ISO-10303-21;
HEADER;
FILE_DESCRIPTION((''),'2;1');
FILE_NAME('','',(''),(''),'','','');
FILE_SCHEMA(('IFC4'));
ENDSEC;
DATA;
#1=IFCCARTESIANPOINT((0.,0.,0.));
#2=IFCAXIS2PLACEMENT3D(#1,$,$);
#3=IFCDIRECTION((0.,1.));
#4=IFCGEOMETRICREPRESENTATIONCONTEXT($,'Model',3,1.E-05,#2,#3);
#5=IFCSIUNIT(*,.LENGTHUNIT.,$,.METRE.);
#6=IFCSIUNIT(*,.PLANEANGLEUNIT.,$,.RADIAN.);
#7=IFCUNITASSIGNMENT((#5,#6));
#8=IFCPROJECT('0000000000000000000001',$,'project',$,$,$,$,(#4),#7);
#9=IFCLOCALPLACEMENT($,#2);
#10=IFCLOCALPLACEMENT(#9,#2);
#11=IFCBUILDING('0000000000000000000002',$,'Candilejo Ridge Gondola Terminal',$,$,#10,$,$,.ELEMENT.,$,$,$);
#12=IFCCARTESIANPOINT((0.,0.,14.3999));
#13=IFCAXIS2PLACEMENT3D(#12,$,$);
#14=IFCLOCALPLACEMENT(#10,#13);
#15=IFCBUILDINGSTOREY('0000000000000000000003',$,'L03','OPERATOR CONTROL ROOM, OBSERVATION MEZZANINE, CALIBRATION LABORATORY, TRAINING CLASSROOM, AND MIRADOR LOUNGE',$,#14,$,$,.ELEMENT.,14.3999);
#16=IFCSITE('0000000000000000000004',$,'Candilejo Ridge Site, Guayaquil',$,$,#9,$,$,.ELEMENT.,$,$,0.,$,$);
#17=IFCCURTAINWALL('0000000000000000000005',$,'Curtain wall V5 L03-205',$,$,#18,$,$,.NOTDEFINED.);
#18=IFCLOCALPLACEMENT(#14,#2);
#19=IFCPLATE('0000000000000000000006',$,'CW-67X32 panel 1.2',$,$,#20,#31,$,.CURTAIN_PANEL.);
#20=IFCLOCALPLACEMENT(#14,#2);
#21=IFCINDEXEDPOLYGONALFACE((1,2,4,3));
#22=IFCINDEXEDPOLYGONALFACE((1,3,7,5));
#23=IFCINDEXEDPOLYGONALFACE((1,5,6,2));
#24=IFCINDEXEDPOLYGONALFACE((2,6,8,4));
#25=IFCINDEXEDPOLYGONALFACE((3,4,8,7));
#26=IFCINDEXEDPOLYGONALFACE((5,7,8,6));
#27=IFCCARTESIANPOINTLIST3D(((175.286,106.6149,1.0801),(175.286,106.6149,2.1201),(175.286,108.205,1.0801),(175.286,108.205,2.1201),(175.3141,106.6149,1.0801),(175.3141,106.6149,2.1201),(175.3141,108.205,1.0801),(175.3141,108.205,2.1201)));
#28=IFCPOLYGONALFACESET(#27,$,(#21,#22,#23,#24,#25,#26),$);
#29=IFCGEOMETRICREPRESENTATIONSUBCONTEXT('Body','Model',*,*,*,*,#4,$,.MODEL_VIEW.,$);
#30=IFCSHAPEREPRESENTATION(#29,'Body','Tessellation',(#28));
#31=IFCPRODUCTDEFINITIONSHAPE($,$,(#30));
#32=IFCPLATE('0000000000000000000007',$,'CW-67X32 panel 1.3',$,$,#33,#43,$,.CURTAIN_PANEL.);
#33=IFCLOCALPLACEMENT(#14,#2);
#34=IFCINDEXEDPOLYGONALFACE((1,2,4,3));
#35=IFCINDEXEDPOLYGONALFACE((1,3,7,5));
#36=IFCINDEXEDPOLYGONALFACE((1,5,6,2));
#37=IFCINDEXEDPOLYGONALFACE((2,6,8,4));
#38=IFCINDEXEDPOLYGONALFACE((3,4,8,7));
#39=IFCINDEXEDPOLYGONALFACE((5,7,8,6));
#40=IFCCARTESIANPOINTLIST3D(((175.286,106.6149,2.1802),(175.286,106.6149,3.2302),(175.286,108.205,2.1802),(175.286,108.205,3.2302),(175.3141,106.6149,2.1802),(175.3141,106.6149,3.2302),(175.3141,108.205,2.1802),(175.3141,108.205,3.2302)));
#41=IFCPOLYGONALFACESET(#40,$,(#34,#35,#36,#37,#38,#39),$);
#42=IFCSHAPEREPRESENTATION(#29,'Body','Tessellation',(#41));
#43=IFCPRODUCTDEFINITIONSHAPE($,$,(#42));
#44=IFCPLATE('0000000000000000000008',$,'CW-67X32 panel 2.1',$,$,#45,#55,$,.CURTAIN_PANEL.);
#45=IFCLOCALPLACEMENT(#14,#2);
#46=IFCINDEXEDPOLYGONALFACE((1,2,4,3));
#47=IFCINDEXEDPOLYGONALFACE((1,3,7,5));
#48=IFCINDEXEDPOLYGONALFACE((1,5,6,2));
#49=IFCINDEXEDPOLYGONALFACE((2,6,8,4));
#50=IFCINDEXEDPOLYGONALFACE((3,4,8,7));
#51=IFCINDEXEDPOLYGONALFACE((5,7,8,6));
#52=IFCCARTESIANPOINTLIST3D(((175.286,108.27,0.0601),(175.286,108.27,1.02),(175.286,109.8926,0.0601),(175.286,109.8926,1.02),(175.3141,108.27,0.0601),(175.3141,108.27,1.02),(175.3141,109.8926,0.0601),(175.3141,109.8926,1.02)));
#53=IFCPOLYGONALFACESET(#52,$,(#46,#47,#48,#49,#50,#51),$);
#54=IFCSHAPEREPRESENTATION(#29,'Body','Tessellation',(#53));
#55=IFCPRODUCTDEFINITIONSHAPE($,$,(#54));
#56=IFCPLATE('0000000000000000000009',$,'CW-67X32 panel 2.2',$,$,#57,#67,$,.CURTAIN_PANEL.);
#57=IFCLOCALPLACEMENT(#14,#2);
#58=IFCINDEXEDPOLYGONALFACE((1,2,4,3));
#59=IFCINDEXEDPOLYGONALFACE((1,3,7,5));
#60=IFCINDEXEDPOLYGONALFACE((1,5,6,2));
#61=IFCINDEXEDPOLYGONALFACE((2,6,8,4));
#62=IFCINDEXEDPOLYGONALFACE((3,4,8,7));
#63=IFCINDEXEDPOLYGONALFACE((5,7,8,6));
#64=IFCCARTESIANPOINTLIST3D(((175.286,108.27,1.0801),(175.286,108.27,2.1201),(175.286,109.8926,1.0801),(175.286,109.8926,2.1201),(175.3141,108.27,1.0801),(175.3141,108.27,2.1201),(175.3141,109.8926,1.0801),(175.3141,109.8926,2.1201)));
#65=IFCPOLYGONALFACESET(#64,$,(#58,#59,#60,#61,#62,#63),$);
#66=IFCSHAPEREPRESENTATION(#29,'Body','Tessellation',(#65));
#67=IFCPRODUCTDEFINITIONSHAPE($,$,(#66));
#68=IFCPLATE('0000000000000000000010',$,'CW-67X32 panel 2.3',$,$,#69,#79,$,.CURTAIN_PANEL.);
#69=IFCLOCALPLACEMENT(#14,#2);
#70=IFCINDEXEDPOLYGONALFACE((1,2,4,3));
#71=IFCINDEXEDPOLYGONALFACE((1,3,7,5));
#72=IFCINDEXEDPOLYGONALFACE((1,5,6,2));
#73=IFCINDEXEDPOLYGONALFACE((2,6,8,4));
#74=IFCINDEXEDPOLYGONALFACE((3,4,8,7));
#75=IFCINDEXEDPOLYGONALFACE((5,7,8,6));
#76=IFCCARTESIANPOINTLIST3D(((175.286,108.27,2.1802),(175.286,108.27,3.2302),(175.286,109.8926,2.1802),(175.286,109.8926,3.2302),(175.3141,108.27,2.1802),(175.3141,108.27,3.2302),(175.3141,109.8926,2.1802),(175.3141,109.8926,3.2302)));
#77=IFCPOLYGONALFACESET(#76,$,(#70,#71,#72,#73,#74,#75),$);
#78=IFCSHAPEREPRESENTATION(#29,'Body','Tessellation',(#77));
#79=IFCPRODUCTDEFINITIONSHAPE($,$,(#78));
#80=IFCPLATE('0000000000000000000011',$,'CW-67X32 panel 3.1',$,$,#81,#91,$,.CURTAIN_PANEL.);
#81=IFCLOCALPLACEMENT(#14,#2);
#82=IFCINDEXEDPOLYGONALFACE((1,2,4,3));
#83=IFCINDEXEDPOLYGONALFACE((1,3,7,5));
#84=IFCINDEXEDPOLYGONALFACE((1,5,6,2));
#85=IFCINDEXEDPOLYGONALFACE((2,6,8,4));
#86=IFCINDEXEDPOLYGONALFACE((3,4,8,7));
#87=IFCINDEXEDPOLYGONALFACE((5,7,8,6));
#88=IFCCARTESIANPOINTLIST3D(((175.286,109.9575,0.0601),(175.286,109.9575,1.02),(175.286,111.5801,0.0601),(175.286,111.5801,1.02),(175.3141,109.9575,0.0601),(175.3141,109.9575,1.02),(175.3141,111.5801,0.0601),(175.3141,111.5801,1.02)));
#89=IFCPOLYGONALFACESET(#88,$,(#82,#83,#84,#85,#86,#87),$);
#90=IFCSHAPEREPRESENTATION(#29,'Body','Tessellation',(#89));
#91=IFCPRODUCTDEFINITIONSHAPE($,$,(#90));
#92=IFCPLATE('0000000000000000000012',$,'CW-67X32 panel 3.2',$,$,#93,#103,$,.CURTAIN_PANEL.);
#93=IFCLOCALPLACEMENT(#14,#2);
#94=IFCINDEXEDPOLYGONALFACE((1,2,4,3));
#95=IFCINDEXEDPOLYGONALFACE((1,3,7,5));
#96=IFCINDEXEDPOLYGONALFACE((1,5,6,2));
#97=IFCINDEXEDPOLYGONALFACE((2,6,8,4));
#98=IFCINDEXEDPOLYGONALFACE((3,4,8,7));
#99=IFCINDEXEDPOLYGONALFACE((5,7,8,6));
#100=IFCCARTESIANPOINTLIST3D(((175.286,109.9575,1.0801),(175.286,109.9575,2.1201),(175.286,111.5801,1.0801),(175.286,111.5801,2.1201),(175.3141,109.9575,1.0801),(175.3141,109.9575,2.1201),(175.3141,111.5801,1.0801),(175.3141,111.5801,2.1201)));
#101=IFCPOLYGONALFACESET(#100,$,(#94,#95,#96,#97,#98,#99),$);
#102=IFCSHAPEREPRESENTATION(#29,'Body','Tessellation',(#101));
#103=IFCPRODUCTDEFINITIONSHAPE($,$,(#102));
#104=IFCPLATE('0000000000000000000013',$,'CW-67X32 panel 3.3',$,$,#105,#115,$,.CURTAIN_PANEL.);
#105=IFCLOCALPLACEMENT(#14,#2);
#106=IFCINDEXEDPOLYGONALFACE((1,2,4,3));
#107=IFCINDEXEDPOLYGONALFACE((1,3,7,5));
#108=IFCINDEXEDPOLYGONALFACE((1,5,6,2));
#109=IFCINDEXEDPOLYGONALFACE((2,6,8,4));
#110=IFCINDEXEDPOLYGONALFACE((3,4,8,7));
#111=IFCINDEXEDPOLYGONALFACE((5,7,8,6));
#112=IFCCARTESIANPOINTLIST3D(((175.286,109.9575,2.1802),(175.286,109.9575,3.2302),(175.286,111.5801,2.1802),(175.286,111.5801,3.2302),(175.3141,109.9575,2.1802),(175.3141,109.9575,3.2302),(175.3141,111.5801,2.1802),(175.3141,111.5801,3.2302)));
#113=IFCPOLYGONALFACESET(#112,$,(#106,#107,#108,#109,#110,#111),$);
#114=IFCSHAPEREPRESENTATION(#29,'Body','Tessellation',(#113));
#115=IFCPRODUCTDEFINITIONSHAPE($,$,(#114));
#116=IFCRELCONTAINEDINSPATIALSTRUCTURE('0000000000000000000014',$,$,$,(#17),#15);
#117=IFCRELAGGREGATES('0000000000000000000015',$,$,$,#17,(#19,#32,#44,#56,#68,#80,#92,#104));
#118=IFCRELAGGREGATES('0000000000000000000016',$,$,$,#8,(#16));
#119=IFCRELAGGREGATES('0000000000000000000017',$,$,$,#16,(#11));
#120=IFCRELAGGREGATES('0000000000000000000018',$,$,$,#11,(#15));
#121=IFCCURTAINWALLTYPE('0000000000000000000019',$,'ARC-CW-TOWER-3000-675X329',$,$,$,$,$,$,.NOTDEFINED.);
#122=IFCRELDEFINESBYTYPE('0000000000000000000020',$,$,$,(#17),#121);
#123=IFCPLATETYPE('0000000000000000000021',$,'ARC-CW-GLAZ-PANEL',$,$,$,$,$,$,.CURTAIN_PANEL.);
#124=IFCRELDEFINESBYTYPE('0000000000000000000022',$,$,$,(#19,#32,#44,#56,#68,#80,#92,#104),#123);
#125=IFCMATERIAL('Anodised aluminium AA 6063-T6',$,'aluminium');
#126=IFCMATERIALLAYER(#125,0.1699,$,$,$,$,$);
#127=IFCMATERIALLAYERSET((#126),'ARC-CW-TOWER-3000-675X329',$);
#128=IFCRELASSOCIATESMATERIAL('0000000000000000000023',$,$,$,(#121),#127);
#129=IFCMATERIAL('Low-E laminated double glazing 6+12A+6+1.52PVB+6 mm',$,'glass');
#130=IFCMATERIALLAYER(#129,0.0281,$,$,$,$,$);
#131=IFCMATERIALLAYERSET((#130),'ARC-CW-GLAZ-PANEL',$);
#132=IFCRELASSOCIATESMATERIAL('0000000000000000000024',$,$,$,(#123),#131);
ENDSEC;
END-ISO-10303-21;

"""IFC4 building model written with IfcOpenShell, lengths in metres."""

from ifc_helpers import new_model, si_unit, direction, frame, origin, origin_2d, place, context, subcontext, project, spatial, rectangle, extrude, material, layer, layer_set, type_object, element, aggregate, save


model = new_model("IFC4")

# Units and contexts
model_context = context("Model", 3, precision=1e-05, world=origin(), true_north=direction((0.0, 1.0)))
body_context = subcontext(model_context, "Body", "Model", "MODEL_VIEW")
ifc_project = project(units=[si_unit("LENGTHUNIT", "METRE"), si_unit("PLANEANGLEUNIT", "RADIAN")], contexts=[model_context])

# Site, building, storey
site_placement = place(None, origin())
site = spatial("IfcSite", under=ifc_project, at=site_placement, Name="Candilejo Ridge Site, Guayaquil", CompositionType="ELEMENT", RefElevation=0.0)
building_placement = place(site_placement, origin())
building = spatial("IfcBuilding", under=site, at=building_placement, Name="Candilejo Ridge Gondola Terminal", CompositionType="ELEMENT")
storey_placement = place(building_placement, frame((0.0, 0.0, 14.3999)))
storey = spatial("IfcBuildingStorey", under=building, at=storey_placement, Name="L03", Description="OPERATOR CONTROL ROOM, OBSERVATION MEZZANINE, CALIBRATION LABORATORY, TRAINING CLASSROOM, AND MIRADOR LOUNGE", CompositionType="ELEMENT", Elevation=14.3999)

# Curtain wall
ifc_material_1 = material(Name="Anodised aluminium AA 6063-T6", Category="aluminium")
ifc_layer_1 = layer(ifc_material_1, 0.1699)
ifc_layer_set_1 = layer_set([ifc_layer_1], Name="ARC-CW-TOWER-3000-675X329")
curtain_wall_type = type_object("IfcCurtainWallType", Name="ARC-CW-TOWER-3000-675X329", PredefinedType="NOTDEFINED", material=ifc_layer_set_1)
curtain_wall_placement = place(storey_placement, origin())
curtain_wall = element("IfcCurtainWall", 1, at=curtain_wall_placement, inside=storey, type_object=curtain_wall_type, Name="Curtain wall V5 L03-205", PredefinedType="NOTDEFINED")

# Plates
ifc_material_2 = material(Name="Low-E laminated double glazing 6+12A+6+1.52PVB+6 mm", Category="glass")
ifc_layer_2 = layer(ifc_material_2, 0.0281)
ifc_layer_set_2 = layer_set([ifc_layer_2], Name="ARC-CW-GLAZ-PANEL")
plate_type = type_object("IfcPlateType", Name="ARC-CW-GLAZ-PANEL", PredefinedType="CURTAIN_PANEL", material=ifc_layer_set_2)
plate_1_placement = place(storey_placement, frame((175.3, 107.4099, 1.0801), z_axis=(0.0, 0.0, 1.0), x_axis=(0.0, 1.0, 0.0)))
plate_1 = element("IfcPlate", 2, at=plate_1_placement, type_object=plate_type, Name="CW-67X32 panel 1.2", PredefinedType="CURTAIN_PANEL", context=body_context, shape_type="SweptSolid", body=[
    extrude(rectangle(XDim=1.5901, YDim=0.0281, at=origin_2d()), origin(), (0.0, 0.0, 1.0), 1.04),
])
plate_2_placement = place(storey_placement, frame((175.3, 107.4099, 2.1802), z_axis=(0.0, 0.0, 1.0), x_axis=(0.0, 1.0, 0.0)))
plate_2 = element("IfcPlate", 3, at=plate_2_placement, type_object=plate_type, Name="CW-67X32 panel 1.3", PredefinedType="CURTAIN_PANEL", context=body_context, shape_type="SweptSolid", body=[
    extrude(rectangle(XDim=1.5901, YDim=0.0281, at=origin_2d()), origin(), (0.0, 0.0, 1.0), 1.05),
])
plate_3_placement = place(storey_placement, frame((175.3, 109.0813, 0.0601), z_axis=(0.0, 0.0, 1.0), x_axis=(0.0, 1.0, 0.0)))
plate_3 = element("IfcPlate", 4, at=plate_3_placement, type_object=plate_type, Name="CW-67X32 panel 2.1", PredefinedType="CURTAIN_PANEL", context=body_context, shape_type="SweptSolid", body=[
    extrude(rectangle(XDim=1.6226, YDim=0.0281, at=origin_2d()), origin(), (0.0, 0.0, 1.0), 0.96),
])
plate_4_placement = place(storey_placement, frame((175.3, 109.0813, 1.0801), z_axis=(0.0, 0.0, 1.0), x_axis=(0.0, 1.0, 0.0)))
plate_4 = element("IfcPlate", 5, at=plate_4_placement, type_object=plate_type, Name="CW-67X32 panel 2.2", PredefinedType="CURTAIN_PANEL", context=body_context, shape_type="SweptSolid", body=[
    extrude(rectangle(XDim=1.6226, YDim=0.0281, at=origin_2d()), origin(), (0.0, 0.0, 1.0), 1.04),
])
plate_5_placement = place(storey_placement, frame((175.3, 109.0813, 2.1802), z_axis=(0.0, 0.0, 1.0), x_axis=(0.0, 1.0, 0.0)))
plate_5 = element("IfcPlate", 6, at=plate_5_placement, type_object=plate_type, Name="CW-67X32 panel 2.3", PredefinedType="CURTAIN_PANEL", context=body_context, shape_type="SweptSolid", body=[
    extrude(rectangle(XDim=1.6226, YDim=0.0281, at=origin_2d()), origin(), (0.0, 0.0, 1.0), 1.05),
])
plate_6_placement = place(storey_placement, frame((175.3, 110.7688, 0.0601), z_axis=(0.0, 0.0, 1.0), x_axis=(0.0, 1.0, 0.0)))
plate_6 = element("IfcPlate", 7, at=plate_6_placement, type_object=plate_type, Name="CW-67X32 panel 3.1", PredefinedType="CURTAIN_PANEL", context=body_context, shape_type="SweptSolid", body=[
    extrude(rectangle(XDim=1.6226, YDim=0.0281, at=origin_2d()), origin(), (0.0, 0.0, 1.0), 0.96),
])
plate_7_placement = place(storey_placement, frame((175.3, 110.7688, 1.0801), z_axis=(0.0, 0.0, 1.0), x_axis=(0.0, 1.0, 0.0)))
plate_7 = element("IfcPlate", 8, at=plate_7_placement, type_object=plate_type, Name="CW-67X32 panel 3.2", PredefinedType="CURTAIN_PANEL", context=body_context, shape_type="SweptSolid", body=[
    extrude(rectangle(XDim=1.6226, YDim=0.0281, at=origin_2d()), origin(), (0.0, 0.0, 1.0), 1.04),
])
plate_8_placement = place(storey_placement, frame((175.3, 110.7688, 2.1802), z_axis=(0.0, 0.0, 1.0), x_axis=(0.0, 1.0, 0.0)))
plate_8 = element("IfcPlate", 9, at=plate_8_placement, type_object=plate_type, Name="CW-67X32 panel 3.3", PredefinedType="CURTAIN_PANEL", context=body_context, shape_type="SweptSolid", body=[
    extrude(rectangle(XDim=1.6226, YDim=0.0281, at=origin_2d()), origin(), (0.0, 0.0, 1.0), 1.05),
])
aggregate(curtain_wall, [plate_1, plate_2, plate_3, plate_4, plate_5, plate_6, plate_7, plate_8])

save(model, "model.ifc")
